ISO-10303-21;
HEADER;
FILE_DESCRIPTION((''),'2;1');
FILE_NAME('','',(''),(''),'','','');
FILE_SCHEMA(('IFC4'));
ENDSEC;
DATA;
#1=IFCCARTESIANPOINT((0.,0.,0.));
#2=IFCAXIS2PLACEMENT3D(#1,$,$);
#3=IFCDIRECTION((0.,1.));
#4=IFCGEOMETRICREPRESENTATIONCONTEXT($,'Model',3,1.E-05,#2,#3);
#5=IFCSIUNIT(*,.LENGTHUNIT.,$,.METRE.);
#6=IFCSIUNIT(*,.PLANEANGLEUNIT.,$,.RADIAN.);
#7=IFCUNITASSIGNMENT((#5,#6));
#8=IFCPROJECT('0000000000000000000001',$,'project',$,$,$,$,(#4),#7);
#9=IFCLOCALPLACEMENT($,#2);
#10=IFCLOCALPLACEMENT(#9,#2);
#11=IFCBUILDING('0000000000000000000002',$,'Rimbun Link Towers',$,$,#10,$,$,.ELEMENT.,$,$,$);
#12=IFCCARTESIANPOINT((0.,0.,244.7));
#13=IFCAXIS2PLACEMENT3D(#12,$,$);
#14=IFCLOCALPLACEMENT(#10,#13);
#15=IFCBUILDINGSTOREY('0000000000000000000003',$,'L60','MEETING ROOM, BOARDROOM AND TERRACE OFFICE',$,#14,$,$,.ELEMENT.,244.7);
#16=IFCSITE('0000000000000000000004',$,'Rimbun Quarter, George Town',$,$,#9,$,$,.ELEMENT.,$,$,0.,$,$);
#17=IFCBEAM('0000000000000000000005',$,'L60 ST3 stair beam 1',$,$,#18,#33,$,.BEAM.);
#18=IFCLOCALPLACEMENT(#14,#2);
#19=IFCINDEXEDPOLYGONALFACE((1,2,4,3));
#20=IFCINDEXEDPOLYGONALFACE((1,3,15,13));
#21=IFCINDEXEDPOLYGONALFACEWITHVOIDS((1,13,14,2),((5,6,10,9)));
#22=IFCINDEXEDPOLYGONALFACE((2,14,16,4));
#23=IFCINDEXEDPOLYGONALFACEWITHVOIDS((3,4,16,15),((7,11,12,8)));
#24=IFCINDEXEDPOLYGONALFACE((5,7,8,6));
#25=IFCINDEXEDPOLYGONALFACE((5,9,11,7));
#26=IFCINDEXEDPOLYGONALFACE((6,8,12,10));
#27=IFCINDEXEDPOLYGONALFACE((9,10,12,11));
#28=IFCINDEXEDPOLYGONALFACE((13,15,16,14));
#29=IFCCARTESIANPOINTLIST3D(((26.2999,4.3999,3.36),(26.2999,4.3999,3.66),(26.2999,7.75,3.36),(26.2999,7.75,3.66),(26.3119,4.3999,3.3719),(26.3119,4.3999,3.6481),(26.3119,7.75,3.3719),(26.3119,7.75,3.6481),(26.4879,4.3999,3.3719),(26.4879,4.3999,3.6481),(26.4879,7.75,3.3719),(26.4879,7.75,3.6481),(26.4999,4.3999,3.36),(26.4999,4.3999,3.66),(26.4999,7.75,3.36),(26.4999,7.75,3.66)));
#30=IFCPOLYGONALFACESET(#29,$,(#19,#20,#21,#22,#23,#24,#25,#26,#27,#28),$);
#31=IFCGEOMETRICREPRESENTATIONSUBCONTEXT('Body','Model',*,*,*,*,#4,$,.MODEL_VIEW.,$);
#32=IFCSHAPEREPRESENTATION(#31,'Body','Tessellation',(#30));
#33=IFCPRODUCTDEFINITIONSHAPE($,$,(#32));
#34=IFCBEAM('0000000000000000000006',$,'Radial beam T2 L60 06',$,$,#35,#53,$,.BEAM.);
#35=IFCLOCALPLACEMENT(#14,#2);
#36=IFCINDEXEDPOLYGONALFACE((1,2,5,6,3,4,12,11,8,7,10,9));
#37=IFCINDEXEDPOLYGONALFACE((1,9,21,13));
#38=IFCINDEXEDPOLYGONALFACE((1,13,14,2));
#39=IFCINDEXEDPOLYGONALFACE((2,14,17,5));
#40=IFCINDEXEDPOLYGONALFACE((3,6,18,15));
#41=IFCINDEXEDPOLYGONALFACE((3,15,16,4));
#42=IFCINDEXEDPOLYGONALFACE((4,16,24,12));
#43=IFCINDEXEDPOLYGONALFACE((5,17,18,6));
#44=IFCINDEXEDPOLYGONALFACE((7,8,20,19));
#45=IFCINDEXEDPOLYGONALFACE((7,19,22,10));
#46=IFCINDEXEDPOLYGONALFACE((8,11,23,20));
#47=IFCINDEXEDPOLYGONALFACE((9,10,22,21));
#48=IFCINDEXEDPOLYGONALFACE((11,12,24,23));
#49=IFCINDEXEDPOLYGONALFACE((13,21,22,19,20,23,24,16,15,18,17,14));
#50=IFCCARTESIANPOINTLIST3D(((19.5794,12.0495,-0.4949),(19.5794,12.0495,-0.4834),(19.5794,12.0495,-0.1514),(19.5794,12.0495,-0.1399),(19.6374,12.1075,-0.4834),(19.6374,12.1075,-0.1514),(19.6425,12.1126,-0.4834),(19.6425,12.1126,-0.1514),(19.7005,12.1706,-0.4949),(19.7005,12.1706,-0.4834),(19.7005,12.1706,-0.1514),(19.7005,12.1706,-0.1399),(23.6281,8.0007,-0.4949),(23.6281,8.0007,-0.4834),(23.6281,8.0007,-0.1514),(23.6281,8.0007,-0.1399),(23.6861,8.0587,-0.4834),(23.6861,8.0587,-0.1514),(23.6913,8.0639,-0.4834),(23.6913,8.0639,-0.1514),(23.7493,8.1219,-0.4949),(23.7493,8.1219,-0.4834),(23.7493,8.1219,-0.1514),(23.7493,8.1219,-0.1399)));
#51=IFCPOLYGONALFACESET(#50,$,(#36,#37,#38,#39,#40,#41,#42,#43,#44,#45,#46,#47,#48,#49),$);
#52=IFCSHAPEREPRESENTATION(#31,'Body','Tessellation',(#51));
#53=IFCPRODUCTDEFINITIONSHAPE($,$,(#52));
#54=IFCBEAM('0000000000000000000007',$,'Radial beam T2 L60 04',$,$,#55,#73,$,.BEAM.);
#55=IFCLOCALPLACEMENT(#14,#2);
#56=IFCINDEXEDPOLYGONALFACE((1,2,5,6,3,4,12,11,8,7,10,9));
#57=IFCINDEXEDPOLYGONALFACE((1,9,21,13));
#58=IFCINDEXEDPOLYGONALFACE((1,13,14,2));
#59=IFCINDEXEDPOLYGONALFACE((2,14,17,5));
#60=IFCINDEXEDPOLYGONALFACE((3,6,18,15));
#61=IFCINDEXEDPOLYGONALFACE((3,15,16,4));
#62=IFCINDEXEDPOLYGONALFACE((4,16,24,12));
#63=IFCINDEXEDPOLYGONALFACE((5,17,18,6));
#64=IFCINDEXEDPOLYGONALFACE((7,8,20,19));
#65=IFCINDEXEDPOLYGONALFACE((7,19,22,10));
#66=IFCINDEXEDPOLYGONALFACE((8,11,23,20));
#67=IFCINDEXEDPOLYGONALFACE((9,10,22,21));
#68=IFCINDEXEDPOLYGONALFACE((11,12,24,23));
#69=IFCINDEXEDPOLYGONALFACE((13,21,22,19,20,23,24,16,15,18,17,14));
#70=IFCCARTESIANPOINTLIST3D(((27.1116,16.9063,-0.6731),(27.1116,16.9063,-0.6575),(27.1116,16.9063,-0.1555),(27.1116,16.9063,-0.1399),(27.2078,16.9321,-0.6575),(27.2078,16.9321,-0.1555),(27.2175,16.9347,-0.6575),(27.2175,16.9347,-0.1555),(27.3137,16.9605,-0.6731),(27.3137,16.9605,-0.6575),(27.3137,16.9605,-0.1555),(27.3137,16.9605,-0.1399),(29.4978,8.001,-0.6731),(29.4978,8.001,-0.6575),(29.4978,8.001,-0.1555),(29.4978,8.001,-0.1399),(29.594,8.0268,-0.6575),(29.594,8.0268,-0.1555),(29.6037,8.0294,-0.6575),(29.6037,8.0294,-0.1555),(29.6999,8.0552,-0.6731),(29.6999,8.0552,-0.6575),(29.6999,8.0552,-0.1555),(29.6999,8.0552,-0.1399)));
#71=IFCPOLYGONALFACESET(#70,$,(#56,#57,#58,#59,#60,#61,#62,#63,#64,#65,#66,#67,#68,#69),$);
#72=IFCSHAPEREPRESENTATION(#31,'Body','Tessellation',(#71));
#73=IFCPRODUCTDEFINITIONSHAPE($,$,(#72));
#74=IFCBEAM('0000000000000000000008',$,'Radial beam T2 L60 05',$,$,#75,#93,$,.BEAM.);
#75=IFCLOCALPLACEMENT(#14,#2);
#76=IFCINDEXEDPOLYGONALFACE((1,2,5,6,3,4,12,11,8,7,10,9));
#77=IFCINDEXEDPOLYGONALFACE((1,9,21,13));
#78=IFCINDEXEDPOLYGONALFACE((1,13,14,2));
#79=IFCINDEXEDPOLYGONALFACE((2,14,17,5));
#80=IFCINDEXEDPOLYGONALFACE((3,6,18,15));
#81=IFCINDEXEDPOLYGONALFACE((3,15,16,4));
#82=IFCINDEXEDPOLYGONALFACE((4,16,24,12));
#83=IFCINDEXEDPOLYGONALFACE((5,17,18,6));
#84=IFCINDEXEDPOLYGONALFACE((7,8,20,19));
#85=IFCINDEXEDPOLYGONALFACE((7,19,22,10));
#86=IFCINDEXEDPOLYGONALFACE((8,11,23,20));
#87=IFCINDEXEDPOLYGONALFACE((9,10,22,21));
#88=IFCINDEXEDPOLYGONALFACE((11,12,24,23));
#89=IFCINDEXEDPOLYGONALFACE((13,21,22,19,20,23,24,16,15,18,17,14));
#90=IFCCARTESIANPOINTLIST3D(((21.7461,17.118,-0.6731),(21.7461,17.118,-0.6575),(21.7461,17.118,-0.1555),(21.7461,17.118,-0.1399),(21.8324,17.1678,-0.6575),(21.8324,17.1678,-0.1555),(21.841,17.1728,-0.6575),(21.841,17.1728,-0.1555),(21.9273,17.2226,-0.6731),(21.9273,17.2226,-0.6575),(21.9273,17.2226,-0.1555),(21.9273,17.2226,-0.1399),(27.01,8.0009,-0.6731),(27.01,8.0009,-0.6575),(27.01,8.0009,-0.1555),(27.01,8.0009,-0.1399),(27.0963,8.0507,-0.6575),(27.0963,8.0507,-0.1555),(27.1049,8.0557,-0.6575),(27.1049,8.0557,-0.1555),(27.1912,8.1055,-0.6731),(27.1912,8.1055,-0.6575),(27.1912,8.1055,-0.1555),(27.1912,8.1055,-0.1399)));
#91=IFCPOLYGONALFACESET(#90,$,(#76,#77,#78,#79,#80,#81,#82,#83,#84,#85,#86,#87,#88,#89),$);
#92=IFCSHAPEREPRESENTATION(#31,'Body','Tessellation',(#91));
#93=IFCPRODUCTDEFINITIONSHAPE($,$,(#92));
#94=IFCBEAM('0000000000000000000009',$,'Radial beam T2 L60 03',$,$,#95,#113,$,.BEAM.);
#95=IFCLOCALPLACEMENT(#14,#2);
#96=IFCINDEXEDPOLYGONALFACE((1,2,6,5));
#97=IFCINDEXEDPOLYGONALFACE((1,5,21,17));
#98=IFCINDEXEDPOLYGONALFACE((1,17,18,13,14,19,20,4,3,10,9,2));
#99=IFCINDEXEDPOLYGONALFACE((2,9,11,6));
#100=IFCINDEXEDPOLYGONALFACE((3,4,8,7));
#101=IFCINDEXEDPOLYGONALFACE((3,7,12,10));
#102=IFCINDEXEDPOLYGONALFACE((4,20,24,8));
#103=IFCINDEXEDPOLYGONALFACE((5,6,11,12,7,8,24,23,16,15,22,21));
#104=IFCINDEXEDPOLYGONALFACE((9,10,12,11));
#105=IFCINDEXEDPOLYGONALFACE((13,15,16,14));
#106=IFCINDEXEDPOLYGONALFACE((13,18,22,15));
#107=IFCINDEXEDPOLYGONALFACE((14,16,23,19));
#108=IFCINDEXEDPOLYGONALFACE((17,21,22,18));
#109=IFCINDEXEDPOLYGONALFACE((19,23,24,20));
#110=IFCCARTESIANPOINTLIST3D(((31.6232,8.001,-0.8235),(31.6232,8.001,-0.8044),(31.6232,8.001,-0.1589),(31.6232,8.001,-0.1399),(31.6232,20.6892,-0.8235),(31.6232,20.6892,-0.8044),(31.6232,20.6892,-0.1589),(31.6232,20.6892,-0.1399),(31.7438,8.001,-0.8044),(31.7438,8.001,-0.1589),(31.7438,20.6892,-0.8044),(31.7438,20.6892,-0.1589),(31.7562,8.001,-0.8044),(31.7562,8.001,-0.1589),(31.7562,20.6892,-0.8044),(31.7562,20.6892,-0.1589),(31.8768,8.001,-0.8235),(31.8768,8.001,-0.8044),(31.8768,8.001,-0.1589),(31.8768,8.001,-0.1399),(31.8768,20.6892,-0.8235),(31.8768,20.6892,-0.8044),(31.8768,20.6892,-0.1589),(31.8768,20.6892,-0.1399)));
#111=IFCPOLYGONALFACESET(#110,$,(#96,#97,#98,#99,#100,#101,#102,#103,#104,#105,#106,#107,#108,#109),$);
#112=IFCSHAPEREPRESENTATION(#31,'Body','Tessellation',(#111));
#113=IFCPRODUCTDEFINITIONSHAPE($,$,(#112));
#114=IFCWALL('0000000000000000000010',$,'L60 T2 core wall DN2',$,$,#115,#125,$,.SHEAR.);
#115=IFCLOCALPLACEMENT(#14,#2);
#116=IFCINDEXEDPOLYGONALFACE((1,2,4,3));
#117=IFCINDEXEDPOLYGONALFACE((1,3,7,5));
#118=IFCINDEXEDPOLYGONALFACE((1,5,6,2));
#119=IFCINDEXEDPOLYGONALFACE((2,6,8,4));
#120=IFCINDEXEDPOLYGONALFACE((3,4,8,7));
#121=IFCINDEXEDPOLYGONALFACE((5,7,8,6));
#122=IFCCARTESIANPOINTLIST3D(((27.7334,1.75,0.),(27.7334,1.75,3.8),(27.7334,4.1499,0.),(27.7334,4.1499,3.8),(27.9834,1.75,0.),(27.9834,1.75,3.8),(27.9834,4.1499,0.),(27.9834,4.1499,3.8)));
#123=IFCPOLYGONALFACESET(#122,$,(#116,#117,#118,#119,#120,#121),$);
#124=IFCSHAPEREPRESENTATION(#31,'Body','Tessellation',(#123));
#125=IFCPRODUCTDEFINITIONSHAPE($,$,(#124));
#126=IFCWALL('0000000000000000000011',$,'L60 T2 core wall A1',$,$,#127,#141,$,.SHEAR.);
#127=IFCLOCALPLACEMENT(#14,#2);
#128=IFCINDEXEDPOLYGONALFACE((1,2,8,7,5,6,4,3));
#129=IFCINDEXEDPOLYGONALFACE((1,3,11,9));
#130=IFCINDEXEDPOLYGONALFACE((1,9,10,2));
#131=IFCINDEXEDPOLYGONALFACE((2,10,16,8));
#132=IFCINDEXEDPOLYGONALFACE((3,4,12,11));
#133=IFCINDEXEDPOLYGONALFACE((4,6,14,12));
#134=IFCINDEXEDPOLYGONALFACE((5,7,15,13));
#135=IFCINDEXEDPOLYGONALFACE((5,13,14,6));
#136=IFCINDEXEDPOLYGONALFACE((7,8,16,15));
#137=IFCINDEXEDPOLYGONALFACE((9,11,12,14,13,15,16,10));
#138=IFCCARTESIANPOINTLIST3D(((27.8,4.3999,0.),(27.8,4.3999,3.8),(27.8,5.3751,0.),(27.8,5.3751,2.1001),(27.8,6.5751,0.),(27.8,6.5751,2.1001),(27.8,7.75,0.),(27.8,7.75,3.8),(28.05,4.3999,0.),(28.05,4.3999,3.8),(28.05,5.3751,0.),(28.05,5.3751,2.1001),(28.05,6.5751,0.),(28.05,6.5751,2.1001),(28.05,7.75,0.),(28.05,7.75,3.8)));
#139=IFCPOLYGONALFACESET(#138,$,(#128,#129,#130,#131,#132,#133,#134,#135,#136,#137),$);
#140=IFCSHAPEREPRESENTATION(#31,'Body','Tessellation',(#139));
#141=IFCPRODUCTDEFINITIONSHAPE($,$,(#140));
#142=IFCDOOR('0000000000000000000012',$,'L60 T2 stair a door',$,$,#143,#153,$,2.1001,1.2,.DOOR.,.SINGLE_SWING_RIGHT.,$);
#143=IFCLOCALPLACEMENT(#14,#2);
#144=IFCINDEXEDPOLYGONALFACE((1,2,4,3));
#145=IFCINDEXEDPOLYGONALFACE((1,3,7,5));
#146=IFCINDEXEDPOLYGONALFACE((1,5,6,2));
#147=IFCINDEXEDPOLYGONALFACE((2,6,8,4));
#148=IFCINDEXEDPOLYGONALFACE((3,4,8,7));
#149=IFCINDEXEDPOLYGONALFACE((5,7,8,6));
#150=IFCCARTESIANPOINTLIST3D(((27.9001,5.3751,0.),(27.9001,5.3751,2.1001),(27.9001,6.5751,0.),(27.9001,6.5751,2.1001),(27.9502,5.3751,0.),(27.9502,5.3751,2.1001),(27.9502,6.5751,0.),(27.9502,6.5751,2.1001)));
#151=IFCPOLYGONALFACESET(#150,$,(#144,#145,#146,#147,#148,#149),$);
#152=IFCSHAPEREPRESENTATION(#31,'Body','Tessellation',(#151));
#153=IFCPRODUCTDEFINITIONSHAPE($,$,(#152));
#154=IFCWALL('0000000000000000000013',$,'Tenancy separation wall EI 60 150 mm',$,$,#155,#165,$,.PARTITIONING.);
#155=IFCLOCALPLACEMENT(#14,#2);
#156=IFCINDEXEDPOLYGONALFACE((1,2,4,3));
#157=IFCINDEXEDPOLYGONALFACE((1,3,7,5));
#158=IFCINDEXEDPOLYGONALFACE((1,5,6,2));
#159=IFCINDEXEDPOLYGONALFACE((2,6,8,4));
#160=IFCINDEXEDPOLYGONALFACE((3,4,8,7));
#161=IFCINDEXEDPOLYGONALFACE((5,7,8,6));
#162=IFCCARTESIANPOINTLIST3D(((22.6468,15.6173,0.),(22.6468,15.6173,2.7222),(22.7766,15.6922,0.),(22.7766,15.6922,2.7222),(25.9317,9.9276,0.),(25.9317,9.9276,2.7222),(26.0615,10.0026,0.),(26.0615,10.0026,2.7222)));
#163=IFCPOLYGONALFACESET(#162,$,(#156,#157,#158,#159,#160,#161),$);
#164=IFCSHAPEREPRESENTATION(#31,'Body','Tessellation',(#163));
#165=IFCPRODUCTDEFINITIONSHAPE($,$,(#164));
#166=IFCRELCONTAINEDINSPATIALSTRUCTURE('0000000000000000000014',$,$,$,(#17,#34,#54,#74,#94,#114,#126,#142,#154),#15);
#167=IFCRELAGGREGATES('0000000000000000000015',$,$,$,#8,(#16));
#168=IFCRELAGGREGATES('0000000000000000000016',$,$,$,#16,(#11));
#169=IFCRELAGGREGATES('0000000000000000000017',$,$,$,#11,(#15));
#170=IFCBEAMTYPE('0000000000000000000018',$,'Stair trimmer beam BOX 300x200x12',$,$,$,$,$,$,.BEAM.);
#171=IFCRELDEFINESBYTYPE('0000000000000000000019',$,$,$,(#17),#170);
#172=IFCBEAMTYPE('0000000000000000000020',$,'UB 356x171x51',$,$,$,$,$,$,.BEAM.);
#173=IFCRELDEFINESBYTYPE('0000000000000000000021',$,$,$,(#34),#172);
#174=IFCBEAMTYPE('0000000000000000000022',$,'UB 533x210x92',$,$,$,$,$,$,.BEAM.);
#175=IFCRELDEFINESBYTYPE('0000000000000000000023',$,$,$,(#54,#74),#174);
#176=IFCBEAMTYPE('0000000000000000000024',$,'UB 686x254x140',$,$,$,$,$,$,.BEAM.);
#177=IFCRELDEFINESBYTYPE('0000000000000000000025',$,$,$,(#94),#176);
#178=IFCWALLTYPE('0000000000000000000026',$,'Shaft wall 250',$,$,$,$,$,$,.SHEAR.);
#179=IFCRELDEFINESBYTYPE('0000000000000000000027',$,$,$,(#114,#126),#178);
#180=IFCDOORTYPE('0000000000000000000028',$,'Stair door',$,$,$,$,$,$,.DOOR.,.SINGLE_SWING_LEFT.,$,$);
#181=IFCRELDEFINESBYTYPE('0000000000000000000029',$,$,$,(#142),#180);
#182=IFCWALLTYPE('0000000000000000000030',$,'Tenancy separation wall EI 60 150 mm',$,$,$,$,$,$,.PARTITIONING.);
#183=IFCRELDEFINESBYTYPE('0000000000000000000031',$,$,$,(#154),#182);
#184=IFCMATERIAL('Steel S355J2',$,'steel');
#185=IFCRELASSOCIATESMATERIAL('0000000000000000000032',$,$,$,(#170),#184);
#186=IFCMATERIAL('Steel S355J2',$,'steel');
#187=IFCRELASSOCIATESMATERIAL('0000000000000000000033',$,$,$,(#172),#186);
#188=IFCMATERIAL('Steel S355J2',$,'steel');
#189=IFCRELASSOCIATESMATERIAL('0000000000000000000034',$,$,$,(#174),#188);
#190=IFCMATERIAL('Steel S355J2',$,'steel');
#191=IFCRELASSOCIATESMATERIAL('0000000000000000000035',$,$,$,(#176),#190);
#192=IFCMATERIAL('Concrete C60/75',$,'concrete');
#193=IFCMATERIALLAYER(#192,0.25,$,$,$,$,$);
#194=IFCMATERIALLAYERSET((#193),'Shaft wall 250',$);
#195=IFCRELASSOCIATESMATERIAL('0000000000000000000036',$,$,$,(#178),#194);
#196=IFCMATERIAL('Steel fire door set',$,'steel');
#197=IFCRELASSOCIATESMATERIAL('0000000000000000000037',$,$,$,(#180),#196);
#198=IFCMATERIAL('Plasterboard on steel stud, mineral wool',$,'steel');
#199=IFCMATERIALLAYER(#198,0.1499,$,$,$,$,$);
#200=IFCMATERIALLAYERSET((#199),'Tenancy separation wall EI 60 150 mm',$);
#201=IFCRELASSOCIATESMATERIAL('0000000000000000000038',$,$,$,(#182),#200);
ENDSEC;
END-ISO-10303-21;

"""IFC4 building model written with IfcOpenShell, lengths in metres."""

from ifc_helpers import new_model, si_unit, direction, frame, frame_2d, origin, origin_2d, place, context, subcontext, project, spatial, rectangle, hollow_rectangle, i_section, extrude, material, layer, layer_set, material_profile, profile_set, type_object, element, fill, save


model = new_model("IFC4")

# Units and contexts
model_context = context("Model", 3, precision=1e-05, world=origin(), true_north=direction((0.0, 1.0)))
body_context = subcontext(model_context, "Body", "Model", "MODEL_VIEW")
ifc_project = project(units=[si_unit("LENGTHUNIT", "METRE"), si_unit("PLANEANGLEUNIT", "RADIAN")], contexts=[model_context])

# Site, building, storey
site_placement = place(None, origin())
site = spatial("IfcSite", under=ifc_project, at=site_placement, Name="Rimbun Quarter, George Town", CompositionType="ELEMENT", RefElevation=0.0)
building_placement = place(site_placement, origin())
building = spatial("IfcBuilding", under=site, at=building_placement, Name="Rimbun Link Towers", CompositionType="ELEMENT")
storey_placement = place(building_placement, frame((0.0, 0.0, 244.7)))
storey = spatial("IfcBuildingStorey", under=building, at=storey_placement, Name="L60", Description="MEETING ROOM, BOARDROOM AND TERRACE OFFICE", CompositionType="ELEMENT", Elevation=244.7)

# Beams
ifc_material_1 = material(Name="Steel S355J2", Category="steel")
ifc_material_profile_1 = material_profile(ifc_material_1, hollow_rectangle(XDim=0.2, YDim=0.3, WallThickness=0.012, at=origin_2d()), Name="BOX 300x200x12")
ifc_profile_set_1 = profile_set([ifc_material_profile_1], Name="Steel S355J2")
beam_type_1 = type_object("IfcBeamType", Name="Stair trimmer beam BOX 300x200x12", PredefinedType="BEAM", material=ifc_profile_set_1)
beam_1_placement = place(storey_placement, frame((26.3999, 7.75, 3.51), z_axis=(0.0, -1.0, 0.0), x_axis=(1.0, 0.0, 0.0)))
element("IfcBeam", 1, at=beam_1_placement, inside=storey, type_object=beam_type_1, Name="L60 ST3 stair beam 1", PredefinedType="BEAM", context=body_context, shape_type="SweptSolid", body=[
    extrude(hollow_rectangle(XDim=0.2, YDim=0.3, WallThickness=0.012, at=origin_2d()), origin(), (0.0, 0.0, 1.0), 3.3501),
])
ifc_material_2 = material(Name="Steel S355J2", Category="steel")
ifc_material_profile_2 = material_profile(ifc_material_2, i_section(OverallWidth=0.1714, OverallDepth=0.355, WebThickness=0.0073, FlangeThickness=0.0115, at=origin_2d()), Name="UB 356x171x51")
ifc_profile_set_2 = profile_set([ifc_material_profile_2], Name="Steel S355J2")
beam_type_2 = type_object("IfcBeamType", Name="UB 356x171x51", PredefinedType="BEAM", material=ifc_profile_set_2)
beam_2_placement = place(storey_placement, frame((23.6887, 8.0613, -0.3174), z_axis=(-0.707107, 0.707107, 0.0), x_axis=(-0.707107, -0.707107, 0.0)))
element("IfcBeam", 2, at=beam_2_placement, inside=storey, type_object=beam_type_2, Name="Radial beam T2 L60 06", PredefinedType="BEAM", context=body_context, shape_type="SweptSolid", body=[
    extrude(i_section(OverallWidth=0.1714, OverallDepth=0.355, WebThickness=0.0073, FlangeThickness=0.0115, at=origin_2d()), origin(), (0.0, 0.0, 1.0), 5.7258),
])
ifc_material_3 = material(Name="Steel S355J2", Category="steel")
ifc_material_profile_3 = material_profile(ifc_material_3, i_section(OverallWidth=0.2092, OverallDepth=0.5332, WebThickness=0.01, FlangeThickness=0.0156, at=origin_2d()), Name="UB 533x210x92")
ifc_profile_set_3 = profile_set([ifc_material_profile_3], Name="Steel S355J2")
beam_type_3 = type_object("IfcBeamType", Name="UB 533x210x92", PredefinedType="BEAM", material=ifc_profile_set_3)
beam_3_placement = place(storey_placement, frame((29.5989, 8.0281, -0.4065), z_axis=(-0.258826, 0.965924, 0.0), x_axis=(-0.965924, -0.258826, 0.0)))
element("IfcBeam", 3, at=beam_3_placement, inside=storey, type_object=beam_type_3, Name="Radial beam T2 L60 04", PredefinedType="BEAM", context=body_context, shape_type="SweptSolid", body=[
    extrude(i_section(OverallWidth=0.2092, OverallDepth=0.5332, WebThickness=0.01, FlangeThickness=0.0156, at=origin_2d()), origin(), (0.0, 0.0, 1.0), 9.2195),
])
beam_4_placement = place(storey_placement, frame((27.1006, 8.0532, -0.4065), z_axis=(-0.500008, 0.866021, 0.0), x_axis=(-0.866021, -0.500008, 0.0)))
element("IfcBeam", 4, at=beam_4_placement, inside=storey, type_object=beam_type_3, Name="Radial beam T2 L60 05", PredefinedType="BEAM", context=body_context, shape_type="SweptSolid", body=[
    extrude(i_section(OverallWidth=0.2092, OverallDepth=0.5332, WebThickness=0.01, FlangeThickness=0.0156, at=origin_2d()), origin(), (0.0, 0.0, 1.0), 10.5276),
])
ifc_material_4 = material(Name="Steel S355J2", Category="steel")
ifc_material_profile_4 = material_profile(ifc_material_4, i_section(OverallWidth=0.2537, OverallDepth=0.6836, WebThickness=0.0125, FlangeThickness=0.019, at=origin_2d()), Name="UB 686x254x140")
ifc_profile_set_4 = profile_set([ifc_material_profile_4], Name="Steel S355J2")
beam_type_4 = type_object("IfcBeamType", Name="UB 686x254x140", PredefinedType="BEAM", material=ifc_profile_set_4)
beam_5_placement = place(storey_placement, frame((31.75, 8.001, -0.4817), z_axis=(0.0, 1.0, 0.0), x_axis=(-1.0, 0.0, 0.0)))
element("IfcBeam", 5, at=beam_5_placement, inside=storey, type_object=beam_type_4, Name="Radial beam T2 L60 03", PredefinedType="BEAM", context=body_context, shape_type="SweptSolid", body=[
    extrude(i_section(OverallWidth=0.2537, OverallDepth=0.6836, WebThickness=0.0125, FlangeThickness=0.019, at=origin_2d()), origin(), (0.0, 0.0, 1.0), 12.6882),
])

# Wall
ifc_material_5 = material(Name="Concrete C60/75", Category="concrete")
ifc_layer_1 = layer(ifc_material_5, 0.25)
ifc_layer_set_1 = layer_set([ifc_layer_1], Name="Shaft wall 250")
wall_type_1 = type_object("IfcWallType", Name="Shaft wall 250", PredefinedType="SHEAR", material=ifc_layer_set_1)
wall_1_placement = place(storey_placement, frame((27.8584, 1.75, 0.0), z_axis=(0.0, 0.0, 1.0), x_axis=(0.0, 1.0, 0.0)))
element("IfcWall", 6, at=wall_1_placement, inside=storey, type_object=wall_type_1, Name="L60 T2 core wall DN2", PredefinedType="SHEAR", context=body_context, shape_type="SweptSolid", body=[
    extrude(rectangle(XDim=2.3999, YDim=0.25, at=frame_2d((1.2, 0.0))), origin(), (0.0, 0.0, 1.0), 3.8),
])

# Wall, opening, door
wall_2_placement = place(storey_placement, frame((27.925, 4.3999, 0.0), z_axis=(0.0, 0.0, 1.0), x_axis=(0.0, 1.0, 0.0)))
wall_2 = element("IfcWall", 7, at=wall_2_placement, inside=storey, type_object=wall_type_1, Name="L60 T2 core wall A1", PredefinedType="SHEAR", context=body_context, shape_type="SweptSolid", body=[
    extrude(rectangle(XDim=3.3501, YDim=0.25, at=frame_2d((1.675, 0.0))), origin(), (0.0, 0.0, 1.0), 3.8),
])
opening_placement = place(wall_2_placement, frame((0.9751, 0.0, 0.0)))
opening = element("IfcOpeningElement", 8, at=opening_placement, cuts=wall_2, PredefinedType="OPENING", context=body_context, shape_type="SweptSolid", body=[
    extrude(rectangle(XDim=1.2, YDim=2.1001, at=frame_2d((0.6001, 1.05))), frame((0.0, 0.135, 0.0), z_axis=(0.0, -1.0, 0.0), x_axis=(1.0, 0.0, 0.0)), (0.0, 0.0, 1.0), 0.27),
])
ifc_material_6 = material(Name="Steel fire door set", Category="steel")
door_type = type_object("IfcDoorType", Name="Stair door", OperationType="SINGLE_SWING_LEFT", PredefinedType="DOOR", material=ifc_material_6)
door_placement = place(opening_placement, origin())
door = element("IfcDoor", 9, at=door_placement, inside=storey, type_object=door_type, Name="L60 T2 stair a door", OperationType="SINGLE_SWING_RIGHT", OverallHeight=2.1001, OverallWidth=1.2, PredefinedType="DOOR", context=body_context, shape_type="SweptSolid", body=[
    extrude(rectangle(XDim=1.2, YDim=2.1001, at=frame_2d((0.6001, 1.05))), frame((0.0, 0.0249, 0.0), z_axis=(0.0, -1.0, 0.0), x_axis=(1.0, 0.0, 0.0)), (0.0, 0.0, 1.0), 0.05),
])
fill(opening, door)

# Wall
ifc_material_7 = material(Name="Plasterboard on steel stud, mineral wool", Category="steel")
ifc_layer_2 = layer(ifc_material_7, 0.1499)
ifc_layer_set_2 = layer_set([ifc_layer_2], Name="Tenancy separation wall EI 60 150 mm")
wall_type_2 = type_object("IfcWallType", Name="Tenancy separation wall EI 60 150 mm", PredefinedType="PARTITIONING", material=ifc_layer_set_2)
wall_3_placement = place(storey_placement, frame((25.9966, 9.9651, 0.0), z_axis=(0.0, 0.0, 1.0), x_axis=(-0.499996, 0.866028, 0.0)))
element("IfcWall", 10, at=wall_3_placement, inside=storey, type_object=wall_type_2, Name="Tenancy separation wall EI 60 150 mm", PredefinedType="PARTITIONING", context=body_context, shape_type="SweptSolid", body=[
    extrude(rectangle(XDim=6.5698, YDim=0.1499, at=frame_2d((3.2849, 0.0))), origin(), (0.0, 0.0, 1.0), 2.7222),
])

save(model, "model.ifc")
